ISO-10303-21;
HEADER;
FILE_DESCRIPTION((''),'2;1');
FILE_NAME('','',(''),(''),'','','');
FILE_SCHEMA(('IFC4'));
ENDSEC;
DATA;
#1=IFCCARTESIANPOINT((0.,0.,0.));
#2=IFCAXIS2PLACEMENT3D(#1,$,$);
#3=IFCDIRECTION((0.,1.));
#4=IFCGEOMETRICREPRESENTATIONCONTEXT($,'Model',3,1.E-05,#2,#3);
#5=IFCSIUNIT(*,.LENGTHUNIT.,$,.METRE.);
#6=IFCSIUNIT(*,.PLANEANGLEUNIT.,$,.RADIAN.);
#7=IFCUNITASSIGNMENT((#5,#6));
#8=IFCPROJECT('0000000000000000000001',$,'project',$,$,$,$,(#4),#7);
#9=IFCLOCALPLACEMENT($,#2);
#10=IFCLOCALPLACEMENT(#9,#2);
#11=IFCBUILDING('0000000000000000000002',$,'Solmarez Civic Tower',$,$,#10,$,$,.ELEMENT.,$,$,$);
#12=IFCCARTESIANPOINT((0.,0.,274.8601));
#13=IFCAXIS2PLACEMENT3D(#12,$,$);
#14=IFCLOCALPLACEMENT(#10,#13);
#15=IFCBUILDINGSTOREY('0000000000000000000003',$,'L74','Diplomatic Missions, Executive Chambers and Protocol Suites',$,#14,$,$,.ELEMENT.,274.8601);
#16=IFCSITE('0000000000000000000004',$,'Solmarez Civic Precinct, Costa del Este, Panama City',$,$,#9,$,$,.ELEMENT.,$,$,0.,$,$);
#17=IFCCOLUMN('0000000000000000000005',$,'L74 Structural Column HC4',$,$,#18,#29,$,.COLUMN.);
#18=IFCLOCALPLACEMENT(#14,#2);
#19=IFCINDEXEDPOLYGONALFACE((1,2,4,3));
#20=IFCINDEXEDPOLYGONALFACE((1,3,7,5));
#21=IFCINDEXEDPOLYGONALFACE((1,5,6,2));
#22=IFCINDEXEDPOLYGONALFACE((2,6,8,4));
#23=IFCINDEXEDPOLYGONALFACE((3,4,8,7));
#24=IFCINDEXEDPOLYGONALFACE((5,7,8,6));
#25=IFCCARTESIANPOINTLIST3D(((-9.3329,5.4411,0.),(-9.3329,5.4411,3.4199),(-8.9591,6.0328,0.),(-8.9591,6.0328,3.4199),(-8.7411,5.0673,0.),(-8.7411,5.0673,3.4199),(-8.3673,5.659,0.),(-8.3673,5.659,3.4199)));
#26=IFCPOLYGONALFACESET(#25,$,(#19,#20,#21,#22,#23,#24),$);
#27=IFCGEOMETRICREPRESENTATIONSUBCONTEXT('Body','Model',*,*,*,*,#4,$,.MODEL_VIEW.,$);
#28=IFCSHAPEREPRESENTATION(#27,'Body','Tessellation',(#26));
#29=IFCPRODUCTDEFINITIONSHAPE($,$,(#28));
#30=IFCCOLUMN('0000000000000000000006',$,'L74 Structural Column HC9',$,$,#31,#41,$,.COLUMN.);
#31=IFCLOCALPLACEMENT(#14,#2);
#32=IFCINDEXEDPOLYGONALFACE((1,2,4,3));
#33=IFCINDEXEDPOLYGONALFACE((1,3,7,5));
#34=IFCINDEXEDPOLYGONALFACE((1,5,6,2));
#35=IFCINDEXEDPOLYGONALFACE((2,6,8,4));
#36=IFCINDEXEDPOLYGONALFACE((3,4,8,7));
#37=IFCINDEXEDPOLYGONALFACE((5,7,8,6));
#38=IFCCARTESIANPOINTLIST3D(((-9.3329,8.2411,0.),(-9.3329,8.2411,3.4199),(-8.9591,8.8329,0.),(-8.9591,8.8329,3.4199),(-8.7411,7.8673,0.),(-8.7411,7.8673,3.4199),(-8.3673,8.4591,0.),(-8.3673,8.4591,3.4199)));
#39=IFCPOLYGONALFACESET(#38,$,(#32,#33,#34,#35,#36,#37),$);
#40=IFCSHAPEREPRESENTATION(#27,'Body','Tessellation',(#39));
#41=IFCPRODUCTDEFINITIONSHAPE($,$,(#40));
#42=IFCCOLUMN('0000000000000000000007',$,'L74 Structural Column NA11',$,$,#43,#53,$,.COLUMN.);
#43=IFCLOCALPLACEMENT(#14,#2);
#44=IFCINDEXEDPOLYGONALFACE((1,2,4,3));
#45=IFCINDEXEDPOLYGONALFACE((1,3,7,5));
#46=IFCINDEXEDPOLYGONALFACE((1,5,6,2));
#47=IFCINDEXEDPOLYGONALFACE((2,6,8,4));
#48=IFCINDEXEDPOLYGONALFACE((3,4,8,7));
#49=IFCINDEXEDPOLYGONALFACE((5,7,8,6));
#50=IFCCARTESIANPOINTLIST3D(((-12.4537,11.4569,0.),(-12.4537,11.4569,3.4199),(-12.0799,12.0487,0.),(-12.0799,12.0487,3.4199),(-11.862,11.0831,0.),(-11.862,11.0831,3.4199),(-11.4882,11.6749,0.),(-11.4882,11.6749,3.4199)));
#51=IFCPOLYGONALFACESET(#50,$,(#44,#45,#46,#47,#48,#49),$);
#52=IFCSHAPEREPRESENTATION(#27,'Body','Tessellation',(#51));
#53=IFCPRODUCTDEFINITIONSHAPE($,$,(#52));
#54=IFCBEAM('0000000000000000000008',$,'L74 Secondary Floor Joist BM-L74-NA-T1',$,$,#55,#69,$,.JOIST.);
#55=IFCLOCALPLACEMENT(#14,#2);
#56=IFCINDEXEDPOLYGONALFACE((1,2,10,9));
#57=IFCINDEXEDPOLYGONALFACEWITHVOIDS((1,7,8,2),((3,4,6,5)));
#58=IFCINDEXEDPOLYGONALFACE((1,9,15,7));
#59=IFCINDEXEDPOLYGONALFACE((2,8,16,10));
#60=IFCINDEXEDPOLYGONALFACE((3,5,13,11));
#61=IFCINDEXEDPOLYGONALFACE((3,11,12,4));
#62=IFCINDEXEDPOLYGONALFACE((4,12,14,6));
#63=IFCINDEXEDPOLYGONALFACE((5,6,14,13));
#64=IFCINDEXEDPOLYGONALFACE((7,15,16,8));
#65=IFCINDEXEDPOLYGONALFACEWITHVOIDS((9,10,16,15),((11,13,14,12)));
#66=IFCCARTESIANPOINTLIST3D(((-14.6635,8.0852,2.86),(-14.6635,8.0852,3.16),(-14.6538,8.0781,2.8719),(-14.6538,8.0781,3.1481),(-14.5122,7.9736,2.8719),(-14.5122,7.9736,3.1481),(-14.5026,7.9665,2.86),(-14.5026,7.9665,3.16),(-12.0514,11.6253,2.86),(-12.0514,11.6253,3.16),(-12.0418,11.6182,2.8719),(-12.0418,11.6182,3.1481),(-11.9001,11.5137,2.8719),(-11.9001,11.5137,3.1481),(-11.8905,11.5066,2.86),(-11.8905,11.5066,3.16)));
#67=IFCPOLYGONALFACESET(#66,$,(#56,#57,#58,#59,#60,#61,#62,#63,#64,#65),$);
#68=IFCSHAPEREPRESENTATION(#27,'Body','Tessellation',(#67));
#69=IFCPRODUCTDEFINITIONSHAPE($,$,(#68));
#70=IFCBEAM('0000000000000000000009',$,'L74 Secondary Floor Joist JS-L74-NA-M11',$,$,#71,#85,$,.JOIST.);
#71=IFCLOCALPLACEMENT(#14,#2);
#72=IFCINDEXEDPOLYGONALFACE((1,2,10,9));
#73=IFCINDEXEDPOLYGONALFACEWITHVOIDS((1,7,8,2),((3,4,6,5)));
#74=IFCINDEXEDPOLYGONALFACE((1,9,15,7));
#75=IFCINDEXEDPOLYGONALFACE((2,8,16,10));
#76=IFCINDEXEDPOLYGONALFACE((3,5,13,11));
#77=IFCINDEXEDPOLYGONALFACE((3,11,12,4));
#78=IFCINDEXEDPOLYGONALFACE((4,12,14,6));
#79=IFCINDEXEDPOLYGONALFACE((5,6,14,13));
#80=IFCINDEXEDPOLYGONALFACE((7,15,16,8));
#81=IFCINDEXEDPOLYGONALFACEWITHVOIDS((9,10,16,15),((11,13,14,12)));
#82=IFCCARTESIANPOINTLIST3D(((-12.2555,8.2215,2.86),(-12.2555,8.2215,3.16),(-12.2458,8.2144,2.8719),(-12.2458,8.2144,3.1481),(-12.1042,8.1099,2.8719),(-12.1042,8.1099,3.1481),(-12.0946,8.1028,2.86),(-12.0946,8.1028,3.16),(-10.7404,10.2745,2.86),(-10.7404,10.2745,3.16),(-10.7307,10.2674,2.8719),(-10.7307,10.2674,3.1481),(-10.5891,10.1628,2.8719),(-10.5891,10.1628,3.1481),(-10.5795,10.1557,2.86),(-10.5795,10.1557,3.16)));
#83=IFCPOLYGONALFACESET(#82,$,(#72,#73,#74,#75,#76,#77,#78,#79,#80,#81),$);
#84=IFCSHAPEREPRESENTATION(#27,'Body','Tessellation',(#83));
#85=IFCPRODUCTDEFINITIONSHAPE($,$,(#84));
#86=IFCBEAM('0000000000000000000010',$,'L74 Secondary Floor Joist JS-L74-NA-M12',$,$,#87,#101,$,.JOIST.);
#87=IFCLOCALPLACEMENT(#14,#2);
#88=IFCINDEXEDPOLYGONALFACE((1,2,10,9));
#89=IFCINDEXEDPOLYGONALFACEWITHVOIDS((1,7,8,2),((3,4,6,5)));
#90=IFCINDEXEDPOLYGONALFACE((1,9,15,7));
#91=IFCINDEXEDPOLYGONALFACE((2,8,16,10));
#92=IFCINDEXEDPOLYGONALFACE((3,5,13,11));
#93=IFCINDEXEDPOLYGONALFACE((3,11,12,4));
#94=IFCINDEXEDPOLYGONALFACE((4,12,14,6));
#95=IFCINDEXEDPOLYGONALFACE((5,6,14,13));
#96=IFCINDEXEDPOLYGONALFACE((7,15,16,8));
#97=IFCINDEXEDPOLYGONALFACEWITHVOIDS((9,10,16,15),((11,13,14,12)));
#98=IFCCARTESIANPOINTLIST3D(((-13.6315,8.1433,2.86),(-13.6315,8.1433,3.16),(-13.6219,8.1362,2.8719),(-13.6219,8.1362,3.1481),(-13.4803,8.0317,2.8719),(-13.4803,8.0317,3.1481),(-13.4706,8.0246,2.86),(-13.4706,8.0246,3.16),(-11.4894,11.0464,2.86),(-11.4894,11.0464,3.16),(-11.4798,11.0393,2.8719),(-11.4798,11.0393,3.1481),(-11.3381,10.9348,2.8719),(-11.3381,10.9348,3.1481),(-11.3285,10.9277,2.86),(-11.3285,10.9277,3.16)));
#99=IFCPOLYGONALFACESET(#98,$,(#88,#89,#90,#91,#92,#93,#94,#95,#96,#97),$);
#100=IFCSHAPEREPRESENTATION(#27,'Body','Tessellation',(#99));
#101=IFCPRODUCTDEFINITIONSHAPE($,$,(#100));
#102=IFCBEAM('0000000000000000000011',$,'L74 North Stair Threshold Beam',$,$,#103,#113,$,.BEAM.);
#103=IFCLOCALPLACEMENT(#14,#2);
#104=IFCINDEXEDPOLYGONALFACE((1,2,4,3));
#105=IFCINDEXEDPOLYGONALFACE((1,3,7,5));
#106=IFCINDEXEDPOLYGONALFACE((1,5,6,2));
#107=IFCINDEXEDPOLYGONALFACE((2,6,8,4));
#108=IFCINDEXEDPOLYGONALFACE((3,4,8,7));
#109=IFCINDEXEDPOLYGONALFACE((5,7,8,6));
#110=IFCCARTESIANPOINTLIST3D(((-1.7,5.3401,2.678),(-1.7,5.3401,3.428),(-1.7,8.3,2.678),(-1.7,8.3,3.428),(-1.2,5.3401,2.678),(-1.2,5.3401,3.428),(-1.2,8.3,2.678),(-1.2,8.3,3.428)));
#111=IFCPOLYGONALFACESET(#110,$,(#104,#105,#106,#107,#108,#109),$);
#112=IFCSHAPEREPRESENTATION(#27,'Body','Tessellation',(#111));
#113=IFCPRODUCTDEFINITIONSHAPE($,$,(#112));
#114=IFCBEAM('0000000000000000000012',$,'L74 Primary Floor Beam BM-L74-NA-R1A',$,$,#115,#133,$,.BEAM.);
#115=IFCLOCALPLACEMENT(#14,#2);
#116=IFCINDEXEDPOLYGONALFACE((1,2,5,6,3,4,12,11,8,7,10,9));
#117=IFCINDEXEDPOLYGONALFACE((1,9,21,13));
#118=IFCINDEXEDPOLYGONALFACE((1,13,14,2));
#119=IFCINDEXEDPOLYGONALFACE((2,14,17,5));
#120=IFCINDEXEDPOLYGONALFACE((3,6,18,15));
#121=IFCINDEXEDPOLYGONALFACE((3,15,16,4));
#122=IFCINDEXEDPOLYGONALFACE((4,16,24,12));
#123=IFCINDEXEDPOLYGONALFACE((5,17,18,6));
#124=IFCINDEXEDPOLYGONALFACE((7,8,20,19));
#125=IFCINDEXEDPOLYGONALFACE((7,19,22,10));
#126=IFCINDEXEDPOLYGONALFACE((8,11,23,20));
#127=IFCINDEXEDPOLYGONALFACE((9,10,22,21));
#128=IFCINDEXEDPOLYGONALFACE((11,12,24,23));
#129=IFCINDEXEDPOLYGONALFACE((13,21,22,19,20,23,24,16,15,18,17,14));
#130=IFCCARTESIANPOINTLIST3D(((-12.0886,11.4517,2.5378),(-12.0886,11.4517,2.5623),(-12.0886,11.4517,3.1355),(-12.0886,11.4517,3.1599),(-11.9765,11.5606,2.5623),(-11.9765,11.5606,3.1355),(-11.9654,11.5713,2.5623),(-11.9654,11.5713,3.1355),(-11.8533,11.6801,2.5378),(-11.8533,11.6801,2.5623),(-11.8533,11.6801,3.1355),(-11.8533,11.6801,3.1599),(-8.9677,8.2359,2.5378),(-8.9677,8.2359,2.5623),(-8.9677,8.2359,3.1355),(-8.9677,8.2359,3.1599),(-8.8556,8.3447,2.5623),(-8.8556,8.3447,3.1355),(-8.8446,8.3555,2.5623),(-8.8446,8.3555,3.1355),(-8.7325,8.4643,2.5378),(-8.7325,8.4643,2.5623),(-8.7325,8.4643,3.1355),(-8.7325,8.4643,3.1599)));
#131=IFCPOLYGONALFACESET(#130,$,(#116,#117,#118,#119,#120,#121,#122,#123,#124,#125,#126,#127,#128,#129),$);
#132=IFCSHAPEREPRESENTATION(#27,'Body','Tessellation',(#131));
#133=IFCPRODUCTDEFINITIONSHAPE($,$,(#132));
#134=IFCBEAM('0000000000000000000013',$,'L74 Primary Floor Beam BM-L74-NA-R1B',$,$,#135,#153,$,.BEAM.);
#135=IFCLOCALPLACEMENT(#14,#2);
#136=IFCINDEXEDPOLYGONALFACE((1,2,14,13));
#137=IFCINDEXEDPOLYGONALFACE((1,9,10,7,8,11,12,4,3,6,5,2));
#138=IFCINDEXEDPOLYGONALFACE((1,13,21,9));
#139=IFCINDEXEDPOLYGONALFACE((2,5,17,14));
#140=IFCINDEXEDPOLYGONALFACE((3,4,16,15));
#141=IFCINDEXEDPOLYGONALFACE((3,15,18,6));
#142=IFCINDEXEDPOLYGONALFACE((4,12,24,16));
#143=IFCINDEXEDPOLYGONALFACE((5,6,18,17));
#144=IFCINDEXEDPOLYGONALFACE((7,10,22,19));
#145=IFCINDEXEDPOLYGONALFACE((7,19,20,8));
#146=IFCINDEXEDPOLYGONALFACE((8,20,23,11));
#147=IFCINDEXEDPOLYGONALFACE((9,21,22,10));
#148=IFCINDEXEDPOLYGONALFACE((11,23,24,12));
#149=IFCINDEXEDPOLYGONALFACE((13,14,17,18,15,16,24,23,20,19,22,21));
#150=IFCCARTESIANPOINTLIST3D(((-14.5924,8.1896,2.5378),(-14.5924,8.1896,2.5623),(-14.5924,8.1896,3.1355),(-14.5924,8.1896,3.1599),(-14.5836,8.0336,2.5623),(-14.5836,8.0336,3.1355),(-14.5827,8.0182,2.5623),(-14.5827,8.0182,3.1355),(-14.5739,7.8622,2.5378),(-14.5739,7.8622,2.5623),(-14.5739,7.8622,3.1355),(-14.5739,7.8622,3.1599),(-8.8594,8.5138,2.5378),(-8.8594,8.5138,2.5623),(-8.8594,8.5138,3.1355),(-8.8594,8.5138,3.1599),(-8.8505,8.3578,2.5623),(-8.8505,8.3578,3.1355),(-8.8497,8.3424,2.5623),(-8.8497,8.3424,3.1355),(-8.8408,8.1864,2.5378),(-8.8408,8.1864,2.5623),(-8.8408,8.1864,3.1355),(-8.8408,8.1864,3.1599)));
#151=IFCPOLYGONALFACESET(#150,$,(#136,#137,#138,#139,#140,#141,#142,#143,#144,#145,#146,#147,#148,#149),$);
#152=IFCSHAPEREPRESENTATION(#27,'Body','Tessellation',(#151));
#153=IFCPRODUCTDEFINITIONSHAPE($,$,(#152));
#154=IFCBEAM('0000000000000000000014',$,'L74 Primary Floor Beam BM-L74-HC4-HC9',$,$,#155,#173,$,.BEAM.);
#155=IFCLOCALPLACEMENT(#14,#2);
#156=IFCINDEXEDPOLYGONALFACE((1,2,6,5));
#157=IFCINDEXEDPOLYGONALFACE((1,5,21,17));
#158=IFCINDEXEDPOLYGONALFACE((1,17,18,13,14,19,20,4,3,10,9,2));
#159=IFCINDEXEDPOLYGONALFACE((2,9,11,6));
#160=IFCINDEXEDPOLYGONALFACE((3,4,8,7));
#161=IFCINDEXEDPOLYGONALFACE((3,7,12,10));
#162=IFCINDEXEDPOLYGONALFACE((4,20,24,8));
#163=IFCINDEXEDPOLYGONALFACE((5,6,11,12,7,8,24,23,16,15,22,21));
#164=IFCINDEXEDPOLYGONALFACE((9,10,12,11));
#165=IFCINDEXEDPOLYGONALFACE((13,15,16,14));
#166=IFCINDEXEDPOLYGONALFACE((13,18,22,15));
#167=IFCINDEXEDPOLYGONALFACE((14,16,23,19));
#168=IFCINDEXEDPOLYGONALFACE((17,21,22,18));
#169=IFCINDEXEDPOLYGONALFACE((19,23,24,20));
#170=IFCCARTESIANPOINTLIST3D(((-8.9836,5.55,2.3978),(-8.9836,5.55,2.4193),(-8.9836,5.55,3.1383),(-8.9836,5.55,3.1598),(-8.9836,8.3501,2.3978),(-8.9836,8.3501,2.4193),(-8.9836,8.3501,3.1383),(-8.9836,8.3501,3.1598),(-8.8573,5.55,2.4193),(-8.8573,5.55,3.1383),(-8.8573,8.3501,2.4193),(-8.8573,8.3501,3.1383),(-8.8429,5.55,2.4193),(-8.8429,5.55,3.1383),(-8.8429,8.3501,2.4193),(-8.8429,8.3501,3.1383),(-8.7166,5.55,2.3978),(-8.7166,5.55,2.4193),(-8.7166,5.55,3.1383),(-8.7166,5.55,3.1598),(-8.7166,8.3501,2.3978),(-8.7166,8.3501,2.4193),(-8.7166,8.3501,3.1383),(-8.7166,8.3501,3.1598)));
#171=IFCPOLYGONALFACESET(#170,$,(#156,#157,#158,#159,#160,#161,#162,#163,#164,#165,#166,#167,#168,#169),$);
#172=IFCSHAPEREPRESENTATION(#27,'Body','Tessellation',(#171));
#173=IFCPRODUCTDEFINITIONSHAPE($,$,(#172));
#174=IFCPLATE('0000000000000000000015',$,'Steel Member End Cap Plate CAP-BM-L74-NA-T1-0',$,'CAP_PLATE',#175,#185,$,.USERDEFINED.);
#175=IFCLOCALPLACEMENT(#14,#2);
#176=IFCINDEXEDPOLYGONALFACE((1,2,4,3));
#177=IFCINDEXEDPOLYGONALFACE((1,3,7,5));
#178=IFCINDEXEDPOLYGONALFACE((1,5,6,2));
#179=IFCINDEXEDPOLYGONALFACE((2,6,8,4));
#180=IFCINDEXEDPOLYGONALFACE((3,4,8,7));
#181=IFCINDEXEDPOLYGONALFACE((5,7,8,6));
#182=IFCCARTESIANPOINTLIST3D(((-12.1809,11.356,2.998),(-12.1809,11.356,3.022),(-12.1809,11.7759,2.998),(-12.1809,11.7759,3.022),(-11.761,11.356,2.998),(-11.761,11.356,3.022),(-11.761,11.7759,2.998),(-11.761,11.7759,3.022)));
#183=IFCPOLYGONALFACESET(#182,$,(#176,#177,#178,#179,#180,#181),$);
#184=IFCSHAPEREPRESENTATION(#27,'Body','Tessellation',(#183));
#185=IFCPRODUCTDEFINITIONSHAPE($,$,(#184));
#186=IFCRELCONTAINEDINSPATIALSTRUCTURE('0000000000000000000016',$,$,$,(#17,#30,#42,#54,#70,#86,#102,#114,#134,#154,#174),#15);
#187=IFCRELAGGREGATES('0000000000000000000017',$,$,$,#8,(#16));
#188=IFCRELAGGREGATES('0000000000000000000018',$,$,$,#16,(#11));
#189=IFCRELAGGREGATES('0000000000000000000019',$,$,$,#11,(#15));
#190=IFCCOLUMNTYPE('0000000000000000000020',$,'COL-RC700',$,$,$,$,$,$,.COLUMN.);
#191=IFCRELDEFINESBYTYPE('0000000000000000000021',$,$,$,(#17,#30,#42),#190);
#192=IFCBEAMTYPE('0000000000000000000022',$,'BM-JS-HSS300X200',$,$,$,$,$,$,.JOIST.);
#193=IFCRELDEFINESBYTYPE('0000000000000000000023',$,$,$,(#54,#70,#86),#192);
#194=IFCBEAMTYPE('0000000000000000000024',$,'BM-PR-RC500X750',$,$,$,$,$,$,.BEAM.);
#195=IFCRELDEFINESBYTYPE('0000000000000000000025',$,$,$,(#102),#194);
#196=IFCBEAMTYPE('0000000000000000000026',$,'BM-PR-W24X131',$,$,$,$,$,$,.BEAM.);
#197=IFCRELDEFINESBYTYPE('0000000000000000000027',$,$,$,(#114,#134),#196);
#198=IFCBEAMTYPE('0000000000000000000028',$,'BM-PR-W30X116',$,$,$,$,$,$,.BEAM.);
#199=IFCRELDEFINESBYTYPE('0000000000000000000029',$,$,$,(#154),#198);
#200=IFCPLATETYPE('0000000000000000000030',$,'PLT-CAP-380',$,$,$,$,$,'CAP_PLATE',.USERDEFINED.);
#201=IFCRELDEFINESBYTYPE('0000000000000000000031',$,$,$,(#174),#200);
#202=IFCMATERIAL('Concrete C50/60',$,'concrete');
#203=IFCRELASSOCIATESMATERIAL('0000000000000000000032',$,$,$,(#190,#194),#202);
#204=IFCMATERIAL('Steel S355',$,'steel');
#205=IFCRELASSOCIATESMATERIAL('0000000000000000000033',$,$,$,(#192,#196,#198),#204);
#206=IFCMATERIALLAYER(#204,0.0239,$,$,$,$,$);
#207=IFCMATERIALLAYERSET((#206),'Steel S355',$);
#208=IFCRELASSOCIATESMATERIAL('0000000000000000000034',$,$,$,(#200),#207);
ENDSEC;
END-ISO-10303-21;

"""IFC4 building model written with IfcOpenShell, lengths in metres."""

from ifc_helpers import new_model, si_unit, direction, frame, origin, origin_2d, place, context, subcontext, project, spatial, rectangle, hollow_rectangle, i_section, extrude, material, layer, layer_set, material_profile, profile_set, type_object, element, save


model = new_model("IFC4")

# Units and contexts
model_context = context("Model", 3, precision=1e-05, world=origin(), true_north=direction((0.0, 1.0)))
body_context = subcontext(model_context, "Body", "Model", "MODEL_VIEW")
ifc_project = project(units=[si_unit("LENGTHUNIT", "METRE"), si_unit("PLANEANGLEUNIT", "RADIAN")], contexts=[model_context])

# Site, building, storey
site_placement = place(None, origin())
site = spatial("IfcSite", under=ifc_project, at=site_placement, Name="Solmarez Civic Precinct, Costa del Este, Panama City", CompositionType="ELEMENT", RefElevation=0.0)
building_placement = place(site_placement, origin())
building = spatial("IfcBuilding", under=site, at=building_placement, Name="Solmarez Civic Tower", CompositionType="ELEMENT")
storey_placement = place(building_placement, frame((0.0, 0.0, 274.8601)))
storey = spatial("IfcBuildingStorey", under=building, at=storey_placement, Name="L74", Description="Diplomatic Missions, Executive Chambers and Protocol Suites", CompositionType="ELEMENT", Elevation=274.8601)

# Columns
ifc_material_1 = material(Name="Concrete C50/60", Category="concrete")
ifc_material_profile_1 = material_profile(ifc_material_1, rectangle(XDim=0.7, YDim=0.7, at=origin_2d()), Name="RC700X700")
ifc_profile_set_1 = profile_set([ifc_material_profile_1], Name="Concrete C50/60")
column_type = type_object("IfcColumnType", Name="COL-RC700", PredefinedType="COLUMN", material=ifc_profile_set_1)
for number, where, z_axis, x_axis, name in (
    (1, (-8.8501, 5.55, 0.0), (0.0, 0.0, 1.0), (0.534057, 0.845448, 0.0), "L74 Structural Column HC4"),
    (2, (-8.8501, 8.3501, 0.0), (0.0, 0.0, 1.0), (0.534057, 0.845448, 0.0), "L74 Structural Column HC9"),
    (3, (-11.9709, 11.5659, 0.0), (0.0, 0.0, 1.0), (0.534057, 0.845448, 0.0), "L74 Structural Column NA11"),
):
    element("IfcColumn", number, at=place(storey_placement, frame(where, z_axis=z_axis, x_axis=x_axis)), inside=storey, type_object=column_type, Name=name, PredefinedType="COLUMN", context=body_context, shape_type="SweptSolid", body=[
        extrude(rectangle(XDim=0.7, YDim=0.7, at=origin_2d()), origin(), (0.0, 0.0, 1.0), 3.4199),
    ])

# Beams
ifc_material_2 = material(Name="Steel S355", Category="steel")
ifc_material_profile_2 = material_profile(ifc_material_2, hollow_rectangle(XDim=0.2, YDim=0.3, WallThickness=0.012, at=origin_2d()), Name="HSS300X200X12")
ifc_profile_set_2 = profile_set([ifc_material_profile_2], Name="Steel S355")
beam_type_1 = type_object("IfcBeamType", Name="BM-JS-HSS300X200", PredefinedType="JOIST", material=ifc_profile_set_2)
beam_1_placement = place(storey_placement, frame((-11.9709, 11.5659, 3.01), z_axis=(-0.593731, -0.804664, 0.0), x_axis=(0.804664, -0.593731, 0.0)))
element("IfcBeam", 4, at=beam_1_placement, inside=storey, type_object=beam_type_1, Name="L74 Secondary Floor Joist BM-L74-NA-T1", PredefinedType="JOIST", context=body_context, shape_type="SweptSolid", body=[
    extrude(hollow_rectangle(XDim=0.2, YDim=0.3, WallThickness=0.012, at=origin_2d()), origin(), (0.0, 0.0, 1.0), 4.3994),
])
beam_2_placement = place(storey_placement, frame((-10.6599, 10.2151, 3.01), z_axis=(-0.593812, -0.804603, 0.0), x_axis=(0.804603, -0.593812, 0.0)))
element("IfcBeam", 5, at=beam_2_placement, inside=storey, type_object=beam_type_1, Name="L74 Secondary Floor Joist JS-L74-NA-M11", PredefinedType="JOIST", context=body_context, shape_type="SweptSolid", body=[
    extrude(hollow_rectangle(XDim=0.2, YDim=0.3, WallThickness=0.012, at=origin_2d()), origin(), (0.0, 0.0, 1.0), 2.5515),
])
beam_3_placement = place(storey_placement, frame((-11.4089, 10.9871, 3.01), z_axis=(-0.593734, -0.804661, 0.0), x_axis=(0.804661, -0.593734, 0.0)))
element("IfcBeam", 6, at=beam_3_placement, inside=storey, type_object=beam_type_1, Name="L74 Secondary Floor Joist JS-L74-NA-M12", PredefinedType="JOIST", context=body_context, shape_type="SweptSolid", body=[
    extrude(hollow_rectangle(XDim=0.2, YDim=0.3, WallThickness=0.012, at=origin_2d()), origin(), (0.0, 0.0, 1.0), 3.6079),
])
ifc_material_profile_3 = material_profile(ifc_material_1, rectangle(XDim=0.5, YDim=0.75, at=origin_2d()), Name="RC500X750")
ifc_profile_set_3 = profile_set([ifc_material_profile_3], Name="Concrete C50/60")
beam_type_2 = type_object("IfcBeamType", Name="BM-PR-RC500X750", PredefinedType="BEAM", material=ifc_profile_set_3)
beam_4_placement = place(storey_placement, frame((-1.45, 5.3401, 3.053), z_axis=(0.0, 1.0, 0.0), x_axis=(-1.0, 0.0, 0.0)))
element("IfcBeam", 7, at=beam_4_placement, inside=storey, type_object=beam_type_2, Name="L74 North Stair Threshold Beam", PredefinedType="BEAM", context=body_context, shape_type="SweptSolid", body=[
    extrude(rectangle(XDim=0.5, YDim=0.75, at=origin_2d()), origin(), (0.0, 0.0, 1.0), 2.96),
])
ifc_material_profile_4 = material_profile(ifc_material_2, i_section(OverallWidth=0.3279, OverallDepth=0.6221, WebThickness=0.0154, FlangeThickness=0.0244, at=origin_2d()), Name="W24X131")
ifc_profile_set_4 = profile_set([ifc_material_profile_4], Name="Steel S355")
beam_type_3 = type_object("IfcBeamType", Name="BM-PR-W24X131", PredefinedType="BEAM", material=ifc_profile_set_4)
beam_5_placement = place(storey_placement, frame((-8.8501, 8.3501, 2.8489), z_axis=(-0.696431, 0.717624, 0.0), x_axis=(-0.717624, -0.696431, 0.0)))
element("IfcBeam", 8, at=beam_5_placement, inside=storey, type_object=beam_type_3, Name="L74 Primary Floor Beam BM-L74-NA-R1A", PredefinedType="BEAM", context=body_context, shape_type="SweptSolid", body=[
    extrude(i_section(OverallWidth=0.3279, OverallDepth=0.6221, WebThickness=0.0154, FlangeThickness=0.0244, at=origin_2d()), origin(), (0.0, 0.0, 1.0), 4.4812),
])
beam_6_placement = place(storey_placement, frame((-8.8501, 8.3501, 2.8489), z_axis=(-0.998405, -0.056464, 0.0), x_axis=(0.056464, -0.998405, 0.0)))
element("IfcBeam", 9, at=beam_6_placement, inside=storey, type_object=beam_type_3, Name="L74 Primary Floor Beam BM-L74-NA-R1B", PredefinedType="BEAM", context=body_context, shape_type="SweptSolid", body=[
    extrude(i_section(OverallWidth=0.3279, OverallDepth=0.6221, WebThickness=0.0154, FlangeThickness=0.0244, at=origin_2d()), origin(), (0.0, 0.0, 1.0), 5.7422),
])
ifc_material_profile_5 = material_profile(ifc_material_2, i_section(OverallWidth=0.2671, OverallDepth=0.762, WebThickness=0.0144, FlangeThickness=0.0215, at=origin_2d()), Name="W30X116")
ifc_profile_set_5 = profile_set([ifc_material_profile_5], Name="Steel S355")
beam_type_4 = type_object("IfcBeamType", Name="BM-PR-W30X116", PredefinedType="BEAM", material=ifc_profile_set_5)
beam_7_placement = place(storey_placement, frame((-8.8501, 5.55, 2.7788), z_axis=(0.0, 1.0, 0.0), x_axis=(-1.0, 0.0, 0.0)))
element("IfcBeam", 10, at=beam_7_placement, inside=storey, type_object=beam_type_4, Name="L74 Primary Floor Beam BM-L74-HC4-HC9", PredefinedType="BEAM", context=body_context, shape_type="SweptSolid", body=[
    extrude(i_section(OverallWidth=0.2671, OverallDepth=0.762, WebThickness=0.0144, FlangeThickness=0.0215, at=origin_2d()), origin(), (0.0, 0.0, 1.0), 2.8),
])

# Plate
ifc_layer_1 = layer(ifc_material_2, 0.0239)
ifc_layer_set_1 = layer_set([ifc_layer_1], Name="Steel S355")
plate_type = type_object("IfcPlateType", Name="PLT-CAP-380", ElementType="CAP_PLATE", PredefinedType="USERDEFINED", material=ifc_layer_set_1)
for number, where, z_axis, x_axis, name in (
    (11, (-11.9709, 11.5659, 2.998), (0.0, 0.0, 1.0), (1.0, 0.0, 0.0), "Steel Member End Cap Plate CAP-BM-L74-NA-T1-0"),
):
    element("IfcPlate", number, at=place(storey_placement, frame(where, z_axis=z_axis, x_axis=x_axis)), inside=storey, type_object=plate_type, Name=name, ObjectType="CAP_PLATE", PredefinedType="USERDEFINED", context=body_context, shape_type="SweptSolid", body=[
        extrude(rectangle(XDim=0.4199, YDim=0.4199, at=origin_2d()), origin(), (0.0, 0.0, 1.0), 0.0239),
    ])

save(model, "model.ifc")
